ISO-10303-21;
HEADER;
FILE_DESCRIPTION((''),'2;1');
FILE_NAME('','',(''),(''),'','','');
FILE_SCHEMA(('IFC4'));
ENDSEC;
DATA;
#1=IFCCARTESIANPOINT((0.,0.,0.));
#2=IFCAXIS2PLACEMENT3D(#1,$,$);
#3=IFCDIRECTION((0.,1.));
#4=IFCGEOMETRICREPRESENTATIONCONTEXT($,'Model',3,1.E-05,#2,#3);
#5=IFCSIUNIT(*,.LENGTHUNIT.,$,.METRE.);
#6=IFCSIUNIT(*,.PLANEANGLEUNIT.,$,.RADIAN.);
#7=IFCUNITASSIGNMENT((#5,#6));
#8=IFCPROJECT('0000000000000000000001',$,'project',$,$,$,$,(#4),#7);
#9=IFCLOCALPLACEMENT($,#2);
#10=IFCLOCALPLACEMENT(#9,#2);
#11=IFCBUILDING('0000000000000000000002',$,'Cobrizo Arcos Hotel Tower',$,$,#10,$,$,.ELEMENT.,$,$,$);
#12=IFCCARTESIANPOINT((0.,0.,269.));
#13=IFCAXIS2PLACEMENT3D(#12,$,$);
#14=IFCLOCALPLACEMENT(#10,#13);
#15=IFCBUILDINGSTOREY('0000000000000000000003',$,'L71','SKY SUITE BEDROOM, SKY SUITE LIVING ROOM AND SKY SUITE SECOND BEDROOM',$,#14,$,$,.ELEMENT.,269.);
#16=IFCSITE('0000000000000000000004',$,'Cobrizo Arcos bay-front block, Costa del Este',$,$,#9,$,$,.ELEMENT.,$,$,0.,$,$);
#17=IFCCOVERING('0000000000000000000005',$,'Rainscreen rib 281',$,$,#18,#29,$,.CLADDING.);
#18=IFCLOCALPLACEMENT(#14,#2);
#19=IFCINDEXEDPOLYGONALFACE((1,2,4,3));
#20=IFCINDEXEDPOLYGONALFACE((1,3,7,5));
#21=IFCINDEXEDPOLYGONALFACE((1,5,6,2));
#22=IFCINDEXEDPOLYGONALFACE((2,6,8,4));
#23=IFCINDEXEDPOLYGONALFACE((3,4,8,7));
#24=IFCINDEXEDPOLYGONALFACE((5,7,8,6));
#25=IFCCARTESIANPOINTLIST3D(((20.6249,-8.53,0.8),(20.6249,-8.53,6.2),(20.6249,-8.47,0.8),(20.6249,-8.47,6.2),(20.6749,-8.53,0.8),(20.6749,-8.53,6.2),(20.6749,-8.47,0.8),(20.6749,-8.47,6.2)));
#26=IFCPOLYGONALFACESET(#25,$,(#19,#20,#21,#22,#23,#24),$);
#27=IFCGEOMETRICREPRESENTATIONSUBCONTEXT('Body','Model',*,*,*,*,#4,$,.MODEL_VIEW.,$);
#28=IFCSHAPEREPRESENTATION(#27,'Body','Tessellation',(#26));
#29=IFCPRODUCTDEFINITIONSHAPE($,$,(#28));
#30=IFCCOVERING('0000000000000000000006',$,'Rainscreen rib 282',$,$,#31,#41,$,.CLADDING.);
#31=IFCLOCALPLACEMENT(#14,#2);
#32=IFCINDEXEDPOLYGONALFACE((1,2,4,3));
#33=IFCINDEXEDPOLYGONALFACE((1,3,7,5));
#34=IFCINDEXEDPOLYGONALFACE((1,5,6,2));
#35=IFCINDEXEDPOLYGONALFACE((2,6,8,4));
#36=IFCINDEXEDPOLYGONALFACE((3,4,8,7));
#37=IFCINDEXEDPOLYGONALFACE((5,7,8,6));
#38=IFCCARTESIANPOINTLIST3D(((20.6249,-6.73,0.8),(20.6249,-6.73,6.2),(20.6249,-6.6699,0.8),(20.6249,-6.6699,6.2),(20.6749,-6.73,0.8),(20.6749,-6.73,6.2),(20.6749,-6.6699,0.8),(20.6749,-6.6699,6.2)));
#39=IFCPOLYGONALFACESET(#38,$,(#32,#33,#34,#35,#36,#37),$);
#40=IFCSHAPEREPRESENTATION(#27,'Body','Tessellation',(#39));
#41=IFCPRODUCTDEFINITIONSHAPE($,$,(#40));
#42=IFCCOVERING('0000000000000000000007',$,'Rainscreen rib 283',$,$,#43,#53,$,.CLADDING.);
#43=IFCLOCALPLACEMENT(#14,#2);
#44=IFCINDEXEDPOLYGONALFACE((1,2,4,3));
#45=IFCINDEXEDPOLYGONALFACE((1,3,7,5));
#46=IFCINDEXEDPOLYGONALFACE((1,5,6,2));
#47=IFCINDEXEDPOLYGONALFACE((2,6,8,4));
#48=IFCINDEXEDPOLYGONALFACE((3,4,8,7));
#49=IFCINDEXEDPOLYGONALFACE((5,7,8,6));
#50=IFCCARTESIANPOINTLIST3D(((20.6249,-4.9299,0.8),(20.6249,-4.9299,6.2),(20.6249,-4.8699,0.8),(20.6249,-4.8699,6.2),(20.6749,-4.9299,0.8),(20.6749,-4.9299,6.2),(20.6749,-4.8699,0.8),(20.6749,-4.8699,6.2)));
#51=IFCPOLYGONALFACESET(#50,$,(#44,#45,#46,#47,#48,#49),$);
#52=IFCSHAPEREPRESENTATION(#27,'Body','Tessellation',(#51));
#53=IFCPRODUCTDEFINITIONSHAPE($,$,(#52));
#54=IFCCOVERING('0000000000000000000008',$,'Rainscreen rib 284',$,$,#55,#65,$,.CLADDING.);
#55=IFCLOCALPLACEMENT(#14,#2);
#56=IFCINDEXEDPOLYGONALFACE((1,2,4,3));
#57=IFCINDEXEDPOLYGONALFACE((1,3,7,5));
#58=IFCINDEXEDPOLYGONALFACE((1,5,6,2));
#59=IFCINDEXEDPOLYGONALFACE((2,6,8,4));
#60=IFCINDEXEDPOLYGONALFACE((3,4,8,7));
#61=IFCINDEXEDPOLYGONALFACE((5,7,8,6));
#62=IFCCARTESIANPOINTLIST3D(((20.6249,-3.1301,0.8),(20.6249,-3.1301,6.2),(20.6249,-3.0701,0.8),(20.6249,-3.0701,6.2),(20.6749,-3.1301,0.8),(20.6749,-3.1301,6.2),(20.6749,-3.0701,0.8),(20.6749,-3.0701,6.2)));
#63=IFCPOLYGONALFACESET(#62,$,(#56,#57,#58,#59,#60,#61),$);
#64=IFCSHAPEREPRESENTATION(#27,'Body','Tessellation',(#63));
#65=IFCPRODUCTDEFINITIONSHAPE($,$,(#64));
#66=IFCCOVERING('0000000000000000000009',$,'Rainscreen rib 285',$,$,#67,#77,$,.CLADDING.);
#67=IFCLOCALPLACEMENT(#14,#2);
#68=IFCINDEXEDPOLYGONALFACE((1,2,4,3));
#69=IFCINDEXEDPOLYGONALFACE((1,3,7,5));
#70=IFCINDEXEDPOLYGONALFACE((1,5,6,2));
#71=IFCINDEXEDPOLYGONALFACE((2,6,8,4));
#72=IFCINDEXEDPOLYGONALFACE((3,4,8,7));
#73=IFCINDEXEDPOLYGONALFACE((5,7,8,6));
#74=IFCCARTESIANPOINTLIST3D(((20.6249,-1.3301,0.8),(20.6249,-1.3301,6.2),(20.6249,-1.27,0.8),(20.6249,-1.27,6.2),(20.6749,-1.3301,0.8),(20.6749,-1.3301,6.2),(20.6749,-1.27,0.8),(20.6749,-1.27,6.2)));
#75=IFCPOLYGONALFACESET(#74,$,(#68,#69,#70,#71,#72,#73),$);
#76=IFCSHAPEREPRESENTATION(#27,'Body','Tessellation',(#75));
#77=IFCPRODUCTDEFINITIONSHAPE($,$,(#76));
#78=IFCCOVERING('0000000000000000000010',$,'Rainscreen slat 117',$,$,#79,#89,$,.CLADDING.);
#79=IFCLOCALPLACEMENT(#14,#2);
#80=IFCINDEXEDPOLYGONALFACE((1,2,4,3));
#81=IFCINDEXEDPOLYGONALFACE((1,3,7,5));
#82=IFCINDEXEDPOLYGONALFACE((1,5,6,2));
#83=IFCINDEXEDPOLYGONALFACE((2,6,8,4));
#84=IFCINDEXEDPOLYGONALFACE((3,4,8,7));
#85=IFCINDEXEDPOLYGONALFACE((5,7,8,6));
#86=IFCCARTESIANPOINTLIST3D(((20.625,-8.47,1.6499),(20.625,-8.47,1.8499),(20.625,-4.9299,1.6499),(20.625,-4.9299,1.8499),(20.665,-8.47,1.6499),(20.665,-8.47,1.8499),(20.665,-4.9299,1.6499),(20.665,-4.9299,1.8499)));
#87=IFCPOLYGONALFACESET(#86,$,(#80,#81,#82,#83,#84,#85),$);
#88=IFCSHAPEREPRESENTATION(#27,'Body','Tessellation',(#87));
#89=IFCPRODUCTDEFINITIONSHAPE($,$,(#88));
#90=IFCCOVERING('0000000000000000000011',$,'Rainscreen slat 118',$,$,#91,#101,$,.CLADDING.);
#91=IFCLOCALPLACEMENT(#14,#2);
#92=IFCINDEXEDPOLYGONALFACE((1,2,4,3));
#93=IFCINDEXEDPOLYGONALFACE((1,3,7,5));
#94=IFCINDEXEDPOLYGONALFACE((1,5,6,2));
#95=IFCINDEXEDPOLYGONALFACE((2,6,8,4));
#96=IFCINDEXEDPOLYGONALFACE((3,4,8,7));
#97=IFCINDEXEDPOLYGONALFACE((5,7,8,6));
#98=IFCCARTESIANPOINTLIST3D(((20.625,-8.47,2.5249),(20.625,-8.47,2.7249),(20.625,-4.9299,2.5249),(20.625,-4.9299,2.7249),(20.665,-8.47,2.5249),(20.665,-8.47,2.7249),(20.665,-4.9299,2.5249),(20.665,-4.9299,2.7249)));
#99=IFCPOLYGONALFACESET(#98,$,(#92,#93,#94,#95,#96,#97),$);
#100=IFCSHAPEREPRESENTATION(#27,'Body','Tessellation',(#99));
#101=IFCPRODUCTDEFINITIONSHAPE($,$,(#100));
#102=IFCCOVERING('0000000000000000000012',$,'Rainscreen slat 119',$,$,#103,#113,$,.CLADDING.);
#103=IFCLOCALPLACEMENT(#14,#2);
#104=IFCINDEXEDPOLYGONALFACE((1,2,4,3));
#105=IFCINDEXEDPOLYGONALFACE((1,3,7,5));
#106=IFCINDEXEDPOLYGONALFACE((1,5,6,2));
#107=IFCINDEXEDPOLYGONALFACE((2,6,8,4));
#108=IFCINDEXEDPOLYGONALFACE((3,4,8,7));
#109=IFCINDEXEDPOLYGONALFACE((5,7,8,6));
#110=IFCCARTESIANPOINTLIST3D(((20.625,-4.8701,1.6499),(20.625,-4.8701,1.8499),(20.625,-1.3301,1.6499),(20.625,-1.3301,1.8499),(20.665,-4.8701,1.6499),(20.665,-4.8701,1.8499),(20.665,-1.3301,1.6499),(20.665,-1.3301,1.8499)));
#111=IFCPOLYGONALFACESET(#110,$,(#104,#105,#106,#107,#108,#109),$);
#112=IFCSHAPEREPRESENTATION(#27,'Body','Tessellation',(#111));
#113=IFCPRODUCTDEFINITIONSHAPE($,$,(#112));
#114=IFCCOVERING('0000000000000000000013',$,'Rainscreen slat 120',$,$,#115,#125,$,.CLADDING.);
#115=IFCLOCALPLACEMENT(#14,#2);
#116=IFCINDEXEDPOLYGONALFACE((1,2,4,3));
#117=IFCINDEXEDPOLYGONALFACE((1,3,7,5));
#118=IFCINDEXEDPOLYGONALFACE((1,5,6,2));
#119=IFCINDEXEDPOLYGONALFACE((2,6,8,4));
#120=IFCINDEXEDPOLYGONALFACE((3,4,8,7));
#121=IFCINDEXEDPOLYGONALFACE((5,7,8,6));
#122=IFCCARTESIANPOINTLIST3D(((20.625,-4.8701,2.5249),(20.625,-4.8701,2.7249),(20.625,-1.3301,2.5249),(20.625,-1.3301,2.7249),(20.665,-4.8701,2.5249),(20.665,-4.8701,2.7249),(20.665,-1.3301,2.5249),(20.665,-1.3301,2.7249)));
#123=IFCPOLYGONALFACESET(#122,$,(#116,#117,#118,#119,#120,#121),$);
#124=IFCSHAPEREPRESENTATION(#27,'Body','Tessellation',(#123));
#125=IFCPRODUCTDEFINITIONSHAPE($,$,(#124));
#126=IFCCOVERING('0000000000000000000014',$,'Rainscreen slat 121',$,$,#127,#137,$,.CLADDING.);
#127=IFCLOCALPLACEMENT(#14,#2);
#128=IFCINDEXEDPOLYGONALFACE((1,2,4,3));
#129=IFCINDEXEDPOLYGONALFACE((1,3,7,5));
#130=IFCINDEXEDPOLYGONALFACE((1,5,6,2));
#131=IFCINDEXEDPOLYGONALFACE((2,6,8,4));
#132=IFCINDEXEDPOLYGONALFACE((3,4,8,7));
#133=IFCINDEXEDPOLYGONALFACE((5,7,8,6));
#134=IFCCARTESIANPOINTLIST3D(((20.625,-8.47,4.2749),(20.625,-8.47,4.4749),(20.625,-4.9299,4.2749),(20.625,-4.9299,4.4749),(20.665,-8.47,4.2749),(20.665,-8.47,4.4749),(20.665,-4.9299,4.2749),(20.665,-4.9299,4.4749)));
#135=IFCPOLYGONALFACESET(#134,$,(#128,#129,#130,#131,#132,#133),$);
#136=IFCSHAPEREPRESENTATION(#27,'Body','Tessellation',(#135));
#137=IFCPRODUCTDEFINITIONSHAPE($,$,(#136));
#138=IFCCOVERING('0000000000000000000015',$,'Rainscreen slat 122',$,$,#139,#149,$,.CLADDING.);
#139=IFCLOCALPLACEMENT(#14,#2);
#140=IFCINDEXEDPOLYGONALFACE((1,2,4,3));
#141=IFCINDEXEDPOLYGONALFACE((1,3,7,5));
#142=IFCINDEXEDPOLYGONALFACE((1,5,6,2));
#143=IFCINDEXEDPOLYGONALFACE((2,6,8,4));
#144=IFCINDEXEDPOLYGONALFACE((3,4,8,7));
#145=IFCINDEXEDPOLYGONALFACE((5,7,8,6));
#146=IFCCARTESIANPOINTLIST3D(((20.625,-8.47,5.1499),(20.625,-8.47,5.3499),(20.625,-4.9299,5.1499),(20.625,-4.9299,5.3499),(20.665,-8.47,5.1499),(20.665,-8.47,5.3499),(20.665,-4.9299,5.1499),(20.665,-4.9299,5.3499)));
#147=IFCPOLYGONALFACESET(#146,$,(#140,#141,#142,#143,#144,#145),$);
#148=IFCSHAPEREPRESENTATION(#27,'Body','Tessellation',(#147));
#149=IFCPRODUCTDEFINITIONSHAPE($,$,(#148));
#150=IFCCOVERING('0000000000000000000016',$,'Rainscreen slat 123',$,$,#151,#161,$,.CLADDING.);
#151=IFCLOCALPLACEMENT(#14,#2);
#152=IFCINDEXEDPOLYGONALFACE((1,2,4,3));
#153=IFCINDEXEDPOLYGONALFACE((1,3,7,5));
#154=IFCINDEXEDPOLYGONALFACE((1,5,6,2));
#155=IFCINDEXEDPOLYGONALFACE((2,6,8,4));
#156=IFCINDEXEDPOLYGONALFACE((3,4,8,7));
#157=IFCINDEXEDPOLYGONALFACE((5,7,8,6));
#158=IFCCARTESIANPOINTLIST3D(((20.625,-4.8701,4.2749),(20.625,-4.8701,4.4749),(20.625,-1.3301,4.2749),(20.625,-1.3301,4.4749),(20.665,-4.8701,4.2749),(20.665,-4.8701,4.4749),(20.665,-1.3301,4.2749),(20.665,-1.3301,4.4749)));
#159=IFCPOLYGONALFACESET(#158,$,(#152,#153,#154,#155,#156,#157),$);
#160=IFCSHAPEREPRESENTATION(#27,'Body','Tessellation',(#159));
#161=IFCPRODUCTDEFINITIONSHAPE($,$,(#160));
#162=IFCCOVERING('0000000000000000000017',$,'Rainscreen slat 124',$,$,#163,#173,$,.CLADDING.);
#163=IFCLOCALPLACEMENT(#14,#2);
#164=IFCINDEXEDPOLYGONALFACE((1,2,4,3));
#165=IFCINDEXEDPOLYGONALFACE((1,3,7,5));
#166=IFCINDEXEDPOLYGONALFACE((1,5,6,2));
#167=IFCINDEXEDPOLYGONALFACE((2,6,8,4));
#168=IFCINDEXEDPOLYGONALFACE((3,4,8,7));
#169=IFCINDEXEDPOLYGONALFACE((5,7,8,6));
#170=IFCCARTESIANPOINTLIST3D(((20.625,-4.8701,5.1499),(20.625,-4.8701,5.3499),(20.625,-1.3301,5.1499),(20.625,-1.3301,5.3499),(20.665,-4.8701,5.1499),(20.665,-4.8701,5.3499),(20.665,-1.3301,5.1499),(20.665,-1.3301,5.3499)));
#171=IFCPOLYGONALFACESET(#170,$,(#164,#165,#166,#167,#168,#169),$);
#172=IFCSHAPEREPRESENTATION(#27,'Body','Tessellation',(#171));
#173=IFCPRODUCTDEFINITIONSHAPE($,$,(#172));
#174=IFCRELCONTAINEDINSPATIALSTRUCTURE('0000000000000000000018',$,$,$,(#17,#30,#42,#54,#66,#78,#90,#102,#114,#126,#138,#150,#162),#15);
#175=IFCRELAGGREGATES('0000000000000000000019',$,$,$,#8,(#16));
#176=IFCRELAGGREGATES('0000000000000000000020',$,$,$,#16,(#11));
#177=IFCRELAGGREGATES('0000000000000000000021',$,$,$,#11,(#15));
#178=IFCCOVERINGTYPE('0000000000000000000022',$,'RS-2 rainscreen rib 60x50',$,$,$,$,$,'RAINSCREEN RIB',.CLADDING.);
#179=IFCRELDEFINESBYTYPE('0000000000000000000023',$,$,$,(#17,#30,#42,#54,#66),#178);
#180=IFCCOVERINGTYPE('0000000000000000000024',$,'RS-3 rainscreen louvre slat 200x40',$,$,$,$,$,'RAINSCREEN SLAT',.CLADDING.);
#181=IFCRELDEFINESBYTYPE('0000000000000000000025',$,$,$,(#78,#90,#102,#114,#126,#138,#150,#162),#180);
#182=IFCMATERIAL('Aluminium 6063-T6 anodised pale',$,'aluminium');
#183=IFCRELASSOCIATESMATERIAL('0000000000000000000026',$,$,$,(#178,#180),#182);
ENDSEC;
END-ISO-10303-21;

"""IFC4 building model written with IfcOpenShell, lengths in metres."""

from ifc_helpers import new_model, si_unit, direction, frame, origin, origin_2d, place, context, subcontext, project, spatial, rectangle, extrude, material, type_object, element, save


model = new_model("IFC4")

# Units and contexts
model_context = context("Model", 3, precision=1e-05, world=origin(), true_north=direction((0.0, 1.0)))
body_context = subcontext(model_context, "Body", "Model", "MODEL_VIEW")
ifc_project = project(units=[si_unit("LENGTHUNIT", "METRE"), si_unit("PLANEANGLEUNIT", "RADIAN")], contexts=[model_context])

# Site, building, storey
site_placement = place(None, origin())
site = spatial("IfcSite", under=ifc_project, at=site_placement, Name="Cobrizo Arcos bay-front block, Costa del Este", CompositionType="ELEMENT", RefElevation=0.0)
building_placement = place(site_placement, origin())
building = spatial("IfcBuilding", under=site, at=building_placement, Name="Cobrizo Arcos Hotel Tower", CompositionType="ELEMENT")
storey_placement = place(building_placement, frame((0.0, 0.0, 269.0)))
storey = spatial("IfcBuildingStorey", under=building, at=storey_placement, Name="L71", Description="SKY SUITE BEDROOM, SKY SUITE LIVING ROOM AND SKY SUITE SECOND BEDROOM", CompositionType="ELEMENT", Elevation=269.0)

# Coverings
ifc_material_1 = material(Name="Aluminium 6063-T6 anodised pale", Category="aluminium")
covering_type_1 = type_object("IfcCoveringType", Name="RS-2 rainscreen rib 60x50", ElementType="RAINSCREEN RIB", PredefinedType="CLADDING", material=ifc_material_1)
for number, where, z_axis, x_axis, name in (
    (1, (20.6499, -8.5, 0.8), (0.0, 0.0, 1.0), (0.0, 1.0, 0.0), "Rainscreen rib 281"),
    (2, (20.6499, -6.7, 0.8), (0.0, 0.0, 1.0), (0.0, 1.0, 0.0), "Rainscreen rib 282"),
    (3, (20.6499, -4.8999, 0.8), (0.0, 0.0, 1.0), (0.0, 1.0, 0.0), "Rainscreen rib 283"),
    (4, (20.6499, -3.1001, 0.8), (0.0, 0.0, 1.0), (0.0, 1.0, 0.0), "Rainscreen rib 284"),
    (5, (20.6499, -1.3, 0.8), (0.0, 0.0, 1.0), (0.0, 1.0, 0.0), "Rainscreen rib 285"),
):
    element("IfcCovering", number, at=place(storey_placement, frame(where, z_axis=z_axis, x_axis=x_axis)), inside=storey, type_object=covering_type_1, Name=name, PredefinedType="CLADDING", context=body_context, shape_type="SweptSolid", body=[
        extrude(rectangle(XDim=0.0601, YDim=0.05, at=origin_2d()), origin(), (0.0, 0.0, 1.0), 5.3999),
    ])
covering_type_2 = type_object("IfcCoveringType", Name="RS-3 rainscreen louvre slat 200x40", ElementType="RAINSCREEN SLAT", PredefinedType="CLADDING", material=ifc_material_1)
for number, where, z_axis, x_axis, name in (
    (6, (20.645, -6.7, 1.6499), (0.0, 0.0, 1.0), (0.0, 1.0, 0.0), "Rainscreen slat 117"),
    (7, (20.645, -6.7, 2.5249), (0.0, 0.0, 1.0), (0.0, 1.0, 0.0), "Rainscreen slat 118"),
    (8, (20.645, -3.1001, 1.6499), (0.0, 0.0, 1.0), (0.0, 1.0, 0.0), "Rainscreen slat 119"),
    (9, (20.645, -3.1001, 2.5249), (0.0, 0.0, 1.0), (0.0, 1.0, 0.0), "Rainscreen slat 120"),
    (10, (20.645, -6.7, 4.2749), (0.0, 0.0, 1.0), (0.0, 1.0, 0.0), "Rainscreen slat 121"),
    (11, (20.645, -6.7, 5.1499), (0.0, 0.0, 1.0), (0.0, 1.0, 0.0), "Rainscreen slat 122"),
    (12, (20.645, -3.1001, 4.2749), (0.0, 0.0, 1.0), (0.0, 1.0, 0.0), "Rainscreen slat 123"),
    (13, (20.645, -3.1001, 5.1499), (0.0, 0.0, 1.0), (0.0, 1.0, 0.0), "Rainscreen slat 124"),
):
    element("IfcCovering", number, at=place(storey_placement, frame(where, z_axis=z_axis, x_axis=x_axis)), inside=storey, type_object=covering_type_2, Name=name, PredefinedType="CLADDING", context=body_context, shape_type="SweptSolid", body=[
        extrude(rectangle(XDim=3.54, YDim=0.04, at=origin_2d()), origin(), (0.0, 0.0, 1.0), 0.2),
    ])

save(model, "model.ifc")
